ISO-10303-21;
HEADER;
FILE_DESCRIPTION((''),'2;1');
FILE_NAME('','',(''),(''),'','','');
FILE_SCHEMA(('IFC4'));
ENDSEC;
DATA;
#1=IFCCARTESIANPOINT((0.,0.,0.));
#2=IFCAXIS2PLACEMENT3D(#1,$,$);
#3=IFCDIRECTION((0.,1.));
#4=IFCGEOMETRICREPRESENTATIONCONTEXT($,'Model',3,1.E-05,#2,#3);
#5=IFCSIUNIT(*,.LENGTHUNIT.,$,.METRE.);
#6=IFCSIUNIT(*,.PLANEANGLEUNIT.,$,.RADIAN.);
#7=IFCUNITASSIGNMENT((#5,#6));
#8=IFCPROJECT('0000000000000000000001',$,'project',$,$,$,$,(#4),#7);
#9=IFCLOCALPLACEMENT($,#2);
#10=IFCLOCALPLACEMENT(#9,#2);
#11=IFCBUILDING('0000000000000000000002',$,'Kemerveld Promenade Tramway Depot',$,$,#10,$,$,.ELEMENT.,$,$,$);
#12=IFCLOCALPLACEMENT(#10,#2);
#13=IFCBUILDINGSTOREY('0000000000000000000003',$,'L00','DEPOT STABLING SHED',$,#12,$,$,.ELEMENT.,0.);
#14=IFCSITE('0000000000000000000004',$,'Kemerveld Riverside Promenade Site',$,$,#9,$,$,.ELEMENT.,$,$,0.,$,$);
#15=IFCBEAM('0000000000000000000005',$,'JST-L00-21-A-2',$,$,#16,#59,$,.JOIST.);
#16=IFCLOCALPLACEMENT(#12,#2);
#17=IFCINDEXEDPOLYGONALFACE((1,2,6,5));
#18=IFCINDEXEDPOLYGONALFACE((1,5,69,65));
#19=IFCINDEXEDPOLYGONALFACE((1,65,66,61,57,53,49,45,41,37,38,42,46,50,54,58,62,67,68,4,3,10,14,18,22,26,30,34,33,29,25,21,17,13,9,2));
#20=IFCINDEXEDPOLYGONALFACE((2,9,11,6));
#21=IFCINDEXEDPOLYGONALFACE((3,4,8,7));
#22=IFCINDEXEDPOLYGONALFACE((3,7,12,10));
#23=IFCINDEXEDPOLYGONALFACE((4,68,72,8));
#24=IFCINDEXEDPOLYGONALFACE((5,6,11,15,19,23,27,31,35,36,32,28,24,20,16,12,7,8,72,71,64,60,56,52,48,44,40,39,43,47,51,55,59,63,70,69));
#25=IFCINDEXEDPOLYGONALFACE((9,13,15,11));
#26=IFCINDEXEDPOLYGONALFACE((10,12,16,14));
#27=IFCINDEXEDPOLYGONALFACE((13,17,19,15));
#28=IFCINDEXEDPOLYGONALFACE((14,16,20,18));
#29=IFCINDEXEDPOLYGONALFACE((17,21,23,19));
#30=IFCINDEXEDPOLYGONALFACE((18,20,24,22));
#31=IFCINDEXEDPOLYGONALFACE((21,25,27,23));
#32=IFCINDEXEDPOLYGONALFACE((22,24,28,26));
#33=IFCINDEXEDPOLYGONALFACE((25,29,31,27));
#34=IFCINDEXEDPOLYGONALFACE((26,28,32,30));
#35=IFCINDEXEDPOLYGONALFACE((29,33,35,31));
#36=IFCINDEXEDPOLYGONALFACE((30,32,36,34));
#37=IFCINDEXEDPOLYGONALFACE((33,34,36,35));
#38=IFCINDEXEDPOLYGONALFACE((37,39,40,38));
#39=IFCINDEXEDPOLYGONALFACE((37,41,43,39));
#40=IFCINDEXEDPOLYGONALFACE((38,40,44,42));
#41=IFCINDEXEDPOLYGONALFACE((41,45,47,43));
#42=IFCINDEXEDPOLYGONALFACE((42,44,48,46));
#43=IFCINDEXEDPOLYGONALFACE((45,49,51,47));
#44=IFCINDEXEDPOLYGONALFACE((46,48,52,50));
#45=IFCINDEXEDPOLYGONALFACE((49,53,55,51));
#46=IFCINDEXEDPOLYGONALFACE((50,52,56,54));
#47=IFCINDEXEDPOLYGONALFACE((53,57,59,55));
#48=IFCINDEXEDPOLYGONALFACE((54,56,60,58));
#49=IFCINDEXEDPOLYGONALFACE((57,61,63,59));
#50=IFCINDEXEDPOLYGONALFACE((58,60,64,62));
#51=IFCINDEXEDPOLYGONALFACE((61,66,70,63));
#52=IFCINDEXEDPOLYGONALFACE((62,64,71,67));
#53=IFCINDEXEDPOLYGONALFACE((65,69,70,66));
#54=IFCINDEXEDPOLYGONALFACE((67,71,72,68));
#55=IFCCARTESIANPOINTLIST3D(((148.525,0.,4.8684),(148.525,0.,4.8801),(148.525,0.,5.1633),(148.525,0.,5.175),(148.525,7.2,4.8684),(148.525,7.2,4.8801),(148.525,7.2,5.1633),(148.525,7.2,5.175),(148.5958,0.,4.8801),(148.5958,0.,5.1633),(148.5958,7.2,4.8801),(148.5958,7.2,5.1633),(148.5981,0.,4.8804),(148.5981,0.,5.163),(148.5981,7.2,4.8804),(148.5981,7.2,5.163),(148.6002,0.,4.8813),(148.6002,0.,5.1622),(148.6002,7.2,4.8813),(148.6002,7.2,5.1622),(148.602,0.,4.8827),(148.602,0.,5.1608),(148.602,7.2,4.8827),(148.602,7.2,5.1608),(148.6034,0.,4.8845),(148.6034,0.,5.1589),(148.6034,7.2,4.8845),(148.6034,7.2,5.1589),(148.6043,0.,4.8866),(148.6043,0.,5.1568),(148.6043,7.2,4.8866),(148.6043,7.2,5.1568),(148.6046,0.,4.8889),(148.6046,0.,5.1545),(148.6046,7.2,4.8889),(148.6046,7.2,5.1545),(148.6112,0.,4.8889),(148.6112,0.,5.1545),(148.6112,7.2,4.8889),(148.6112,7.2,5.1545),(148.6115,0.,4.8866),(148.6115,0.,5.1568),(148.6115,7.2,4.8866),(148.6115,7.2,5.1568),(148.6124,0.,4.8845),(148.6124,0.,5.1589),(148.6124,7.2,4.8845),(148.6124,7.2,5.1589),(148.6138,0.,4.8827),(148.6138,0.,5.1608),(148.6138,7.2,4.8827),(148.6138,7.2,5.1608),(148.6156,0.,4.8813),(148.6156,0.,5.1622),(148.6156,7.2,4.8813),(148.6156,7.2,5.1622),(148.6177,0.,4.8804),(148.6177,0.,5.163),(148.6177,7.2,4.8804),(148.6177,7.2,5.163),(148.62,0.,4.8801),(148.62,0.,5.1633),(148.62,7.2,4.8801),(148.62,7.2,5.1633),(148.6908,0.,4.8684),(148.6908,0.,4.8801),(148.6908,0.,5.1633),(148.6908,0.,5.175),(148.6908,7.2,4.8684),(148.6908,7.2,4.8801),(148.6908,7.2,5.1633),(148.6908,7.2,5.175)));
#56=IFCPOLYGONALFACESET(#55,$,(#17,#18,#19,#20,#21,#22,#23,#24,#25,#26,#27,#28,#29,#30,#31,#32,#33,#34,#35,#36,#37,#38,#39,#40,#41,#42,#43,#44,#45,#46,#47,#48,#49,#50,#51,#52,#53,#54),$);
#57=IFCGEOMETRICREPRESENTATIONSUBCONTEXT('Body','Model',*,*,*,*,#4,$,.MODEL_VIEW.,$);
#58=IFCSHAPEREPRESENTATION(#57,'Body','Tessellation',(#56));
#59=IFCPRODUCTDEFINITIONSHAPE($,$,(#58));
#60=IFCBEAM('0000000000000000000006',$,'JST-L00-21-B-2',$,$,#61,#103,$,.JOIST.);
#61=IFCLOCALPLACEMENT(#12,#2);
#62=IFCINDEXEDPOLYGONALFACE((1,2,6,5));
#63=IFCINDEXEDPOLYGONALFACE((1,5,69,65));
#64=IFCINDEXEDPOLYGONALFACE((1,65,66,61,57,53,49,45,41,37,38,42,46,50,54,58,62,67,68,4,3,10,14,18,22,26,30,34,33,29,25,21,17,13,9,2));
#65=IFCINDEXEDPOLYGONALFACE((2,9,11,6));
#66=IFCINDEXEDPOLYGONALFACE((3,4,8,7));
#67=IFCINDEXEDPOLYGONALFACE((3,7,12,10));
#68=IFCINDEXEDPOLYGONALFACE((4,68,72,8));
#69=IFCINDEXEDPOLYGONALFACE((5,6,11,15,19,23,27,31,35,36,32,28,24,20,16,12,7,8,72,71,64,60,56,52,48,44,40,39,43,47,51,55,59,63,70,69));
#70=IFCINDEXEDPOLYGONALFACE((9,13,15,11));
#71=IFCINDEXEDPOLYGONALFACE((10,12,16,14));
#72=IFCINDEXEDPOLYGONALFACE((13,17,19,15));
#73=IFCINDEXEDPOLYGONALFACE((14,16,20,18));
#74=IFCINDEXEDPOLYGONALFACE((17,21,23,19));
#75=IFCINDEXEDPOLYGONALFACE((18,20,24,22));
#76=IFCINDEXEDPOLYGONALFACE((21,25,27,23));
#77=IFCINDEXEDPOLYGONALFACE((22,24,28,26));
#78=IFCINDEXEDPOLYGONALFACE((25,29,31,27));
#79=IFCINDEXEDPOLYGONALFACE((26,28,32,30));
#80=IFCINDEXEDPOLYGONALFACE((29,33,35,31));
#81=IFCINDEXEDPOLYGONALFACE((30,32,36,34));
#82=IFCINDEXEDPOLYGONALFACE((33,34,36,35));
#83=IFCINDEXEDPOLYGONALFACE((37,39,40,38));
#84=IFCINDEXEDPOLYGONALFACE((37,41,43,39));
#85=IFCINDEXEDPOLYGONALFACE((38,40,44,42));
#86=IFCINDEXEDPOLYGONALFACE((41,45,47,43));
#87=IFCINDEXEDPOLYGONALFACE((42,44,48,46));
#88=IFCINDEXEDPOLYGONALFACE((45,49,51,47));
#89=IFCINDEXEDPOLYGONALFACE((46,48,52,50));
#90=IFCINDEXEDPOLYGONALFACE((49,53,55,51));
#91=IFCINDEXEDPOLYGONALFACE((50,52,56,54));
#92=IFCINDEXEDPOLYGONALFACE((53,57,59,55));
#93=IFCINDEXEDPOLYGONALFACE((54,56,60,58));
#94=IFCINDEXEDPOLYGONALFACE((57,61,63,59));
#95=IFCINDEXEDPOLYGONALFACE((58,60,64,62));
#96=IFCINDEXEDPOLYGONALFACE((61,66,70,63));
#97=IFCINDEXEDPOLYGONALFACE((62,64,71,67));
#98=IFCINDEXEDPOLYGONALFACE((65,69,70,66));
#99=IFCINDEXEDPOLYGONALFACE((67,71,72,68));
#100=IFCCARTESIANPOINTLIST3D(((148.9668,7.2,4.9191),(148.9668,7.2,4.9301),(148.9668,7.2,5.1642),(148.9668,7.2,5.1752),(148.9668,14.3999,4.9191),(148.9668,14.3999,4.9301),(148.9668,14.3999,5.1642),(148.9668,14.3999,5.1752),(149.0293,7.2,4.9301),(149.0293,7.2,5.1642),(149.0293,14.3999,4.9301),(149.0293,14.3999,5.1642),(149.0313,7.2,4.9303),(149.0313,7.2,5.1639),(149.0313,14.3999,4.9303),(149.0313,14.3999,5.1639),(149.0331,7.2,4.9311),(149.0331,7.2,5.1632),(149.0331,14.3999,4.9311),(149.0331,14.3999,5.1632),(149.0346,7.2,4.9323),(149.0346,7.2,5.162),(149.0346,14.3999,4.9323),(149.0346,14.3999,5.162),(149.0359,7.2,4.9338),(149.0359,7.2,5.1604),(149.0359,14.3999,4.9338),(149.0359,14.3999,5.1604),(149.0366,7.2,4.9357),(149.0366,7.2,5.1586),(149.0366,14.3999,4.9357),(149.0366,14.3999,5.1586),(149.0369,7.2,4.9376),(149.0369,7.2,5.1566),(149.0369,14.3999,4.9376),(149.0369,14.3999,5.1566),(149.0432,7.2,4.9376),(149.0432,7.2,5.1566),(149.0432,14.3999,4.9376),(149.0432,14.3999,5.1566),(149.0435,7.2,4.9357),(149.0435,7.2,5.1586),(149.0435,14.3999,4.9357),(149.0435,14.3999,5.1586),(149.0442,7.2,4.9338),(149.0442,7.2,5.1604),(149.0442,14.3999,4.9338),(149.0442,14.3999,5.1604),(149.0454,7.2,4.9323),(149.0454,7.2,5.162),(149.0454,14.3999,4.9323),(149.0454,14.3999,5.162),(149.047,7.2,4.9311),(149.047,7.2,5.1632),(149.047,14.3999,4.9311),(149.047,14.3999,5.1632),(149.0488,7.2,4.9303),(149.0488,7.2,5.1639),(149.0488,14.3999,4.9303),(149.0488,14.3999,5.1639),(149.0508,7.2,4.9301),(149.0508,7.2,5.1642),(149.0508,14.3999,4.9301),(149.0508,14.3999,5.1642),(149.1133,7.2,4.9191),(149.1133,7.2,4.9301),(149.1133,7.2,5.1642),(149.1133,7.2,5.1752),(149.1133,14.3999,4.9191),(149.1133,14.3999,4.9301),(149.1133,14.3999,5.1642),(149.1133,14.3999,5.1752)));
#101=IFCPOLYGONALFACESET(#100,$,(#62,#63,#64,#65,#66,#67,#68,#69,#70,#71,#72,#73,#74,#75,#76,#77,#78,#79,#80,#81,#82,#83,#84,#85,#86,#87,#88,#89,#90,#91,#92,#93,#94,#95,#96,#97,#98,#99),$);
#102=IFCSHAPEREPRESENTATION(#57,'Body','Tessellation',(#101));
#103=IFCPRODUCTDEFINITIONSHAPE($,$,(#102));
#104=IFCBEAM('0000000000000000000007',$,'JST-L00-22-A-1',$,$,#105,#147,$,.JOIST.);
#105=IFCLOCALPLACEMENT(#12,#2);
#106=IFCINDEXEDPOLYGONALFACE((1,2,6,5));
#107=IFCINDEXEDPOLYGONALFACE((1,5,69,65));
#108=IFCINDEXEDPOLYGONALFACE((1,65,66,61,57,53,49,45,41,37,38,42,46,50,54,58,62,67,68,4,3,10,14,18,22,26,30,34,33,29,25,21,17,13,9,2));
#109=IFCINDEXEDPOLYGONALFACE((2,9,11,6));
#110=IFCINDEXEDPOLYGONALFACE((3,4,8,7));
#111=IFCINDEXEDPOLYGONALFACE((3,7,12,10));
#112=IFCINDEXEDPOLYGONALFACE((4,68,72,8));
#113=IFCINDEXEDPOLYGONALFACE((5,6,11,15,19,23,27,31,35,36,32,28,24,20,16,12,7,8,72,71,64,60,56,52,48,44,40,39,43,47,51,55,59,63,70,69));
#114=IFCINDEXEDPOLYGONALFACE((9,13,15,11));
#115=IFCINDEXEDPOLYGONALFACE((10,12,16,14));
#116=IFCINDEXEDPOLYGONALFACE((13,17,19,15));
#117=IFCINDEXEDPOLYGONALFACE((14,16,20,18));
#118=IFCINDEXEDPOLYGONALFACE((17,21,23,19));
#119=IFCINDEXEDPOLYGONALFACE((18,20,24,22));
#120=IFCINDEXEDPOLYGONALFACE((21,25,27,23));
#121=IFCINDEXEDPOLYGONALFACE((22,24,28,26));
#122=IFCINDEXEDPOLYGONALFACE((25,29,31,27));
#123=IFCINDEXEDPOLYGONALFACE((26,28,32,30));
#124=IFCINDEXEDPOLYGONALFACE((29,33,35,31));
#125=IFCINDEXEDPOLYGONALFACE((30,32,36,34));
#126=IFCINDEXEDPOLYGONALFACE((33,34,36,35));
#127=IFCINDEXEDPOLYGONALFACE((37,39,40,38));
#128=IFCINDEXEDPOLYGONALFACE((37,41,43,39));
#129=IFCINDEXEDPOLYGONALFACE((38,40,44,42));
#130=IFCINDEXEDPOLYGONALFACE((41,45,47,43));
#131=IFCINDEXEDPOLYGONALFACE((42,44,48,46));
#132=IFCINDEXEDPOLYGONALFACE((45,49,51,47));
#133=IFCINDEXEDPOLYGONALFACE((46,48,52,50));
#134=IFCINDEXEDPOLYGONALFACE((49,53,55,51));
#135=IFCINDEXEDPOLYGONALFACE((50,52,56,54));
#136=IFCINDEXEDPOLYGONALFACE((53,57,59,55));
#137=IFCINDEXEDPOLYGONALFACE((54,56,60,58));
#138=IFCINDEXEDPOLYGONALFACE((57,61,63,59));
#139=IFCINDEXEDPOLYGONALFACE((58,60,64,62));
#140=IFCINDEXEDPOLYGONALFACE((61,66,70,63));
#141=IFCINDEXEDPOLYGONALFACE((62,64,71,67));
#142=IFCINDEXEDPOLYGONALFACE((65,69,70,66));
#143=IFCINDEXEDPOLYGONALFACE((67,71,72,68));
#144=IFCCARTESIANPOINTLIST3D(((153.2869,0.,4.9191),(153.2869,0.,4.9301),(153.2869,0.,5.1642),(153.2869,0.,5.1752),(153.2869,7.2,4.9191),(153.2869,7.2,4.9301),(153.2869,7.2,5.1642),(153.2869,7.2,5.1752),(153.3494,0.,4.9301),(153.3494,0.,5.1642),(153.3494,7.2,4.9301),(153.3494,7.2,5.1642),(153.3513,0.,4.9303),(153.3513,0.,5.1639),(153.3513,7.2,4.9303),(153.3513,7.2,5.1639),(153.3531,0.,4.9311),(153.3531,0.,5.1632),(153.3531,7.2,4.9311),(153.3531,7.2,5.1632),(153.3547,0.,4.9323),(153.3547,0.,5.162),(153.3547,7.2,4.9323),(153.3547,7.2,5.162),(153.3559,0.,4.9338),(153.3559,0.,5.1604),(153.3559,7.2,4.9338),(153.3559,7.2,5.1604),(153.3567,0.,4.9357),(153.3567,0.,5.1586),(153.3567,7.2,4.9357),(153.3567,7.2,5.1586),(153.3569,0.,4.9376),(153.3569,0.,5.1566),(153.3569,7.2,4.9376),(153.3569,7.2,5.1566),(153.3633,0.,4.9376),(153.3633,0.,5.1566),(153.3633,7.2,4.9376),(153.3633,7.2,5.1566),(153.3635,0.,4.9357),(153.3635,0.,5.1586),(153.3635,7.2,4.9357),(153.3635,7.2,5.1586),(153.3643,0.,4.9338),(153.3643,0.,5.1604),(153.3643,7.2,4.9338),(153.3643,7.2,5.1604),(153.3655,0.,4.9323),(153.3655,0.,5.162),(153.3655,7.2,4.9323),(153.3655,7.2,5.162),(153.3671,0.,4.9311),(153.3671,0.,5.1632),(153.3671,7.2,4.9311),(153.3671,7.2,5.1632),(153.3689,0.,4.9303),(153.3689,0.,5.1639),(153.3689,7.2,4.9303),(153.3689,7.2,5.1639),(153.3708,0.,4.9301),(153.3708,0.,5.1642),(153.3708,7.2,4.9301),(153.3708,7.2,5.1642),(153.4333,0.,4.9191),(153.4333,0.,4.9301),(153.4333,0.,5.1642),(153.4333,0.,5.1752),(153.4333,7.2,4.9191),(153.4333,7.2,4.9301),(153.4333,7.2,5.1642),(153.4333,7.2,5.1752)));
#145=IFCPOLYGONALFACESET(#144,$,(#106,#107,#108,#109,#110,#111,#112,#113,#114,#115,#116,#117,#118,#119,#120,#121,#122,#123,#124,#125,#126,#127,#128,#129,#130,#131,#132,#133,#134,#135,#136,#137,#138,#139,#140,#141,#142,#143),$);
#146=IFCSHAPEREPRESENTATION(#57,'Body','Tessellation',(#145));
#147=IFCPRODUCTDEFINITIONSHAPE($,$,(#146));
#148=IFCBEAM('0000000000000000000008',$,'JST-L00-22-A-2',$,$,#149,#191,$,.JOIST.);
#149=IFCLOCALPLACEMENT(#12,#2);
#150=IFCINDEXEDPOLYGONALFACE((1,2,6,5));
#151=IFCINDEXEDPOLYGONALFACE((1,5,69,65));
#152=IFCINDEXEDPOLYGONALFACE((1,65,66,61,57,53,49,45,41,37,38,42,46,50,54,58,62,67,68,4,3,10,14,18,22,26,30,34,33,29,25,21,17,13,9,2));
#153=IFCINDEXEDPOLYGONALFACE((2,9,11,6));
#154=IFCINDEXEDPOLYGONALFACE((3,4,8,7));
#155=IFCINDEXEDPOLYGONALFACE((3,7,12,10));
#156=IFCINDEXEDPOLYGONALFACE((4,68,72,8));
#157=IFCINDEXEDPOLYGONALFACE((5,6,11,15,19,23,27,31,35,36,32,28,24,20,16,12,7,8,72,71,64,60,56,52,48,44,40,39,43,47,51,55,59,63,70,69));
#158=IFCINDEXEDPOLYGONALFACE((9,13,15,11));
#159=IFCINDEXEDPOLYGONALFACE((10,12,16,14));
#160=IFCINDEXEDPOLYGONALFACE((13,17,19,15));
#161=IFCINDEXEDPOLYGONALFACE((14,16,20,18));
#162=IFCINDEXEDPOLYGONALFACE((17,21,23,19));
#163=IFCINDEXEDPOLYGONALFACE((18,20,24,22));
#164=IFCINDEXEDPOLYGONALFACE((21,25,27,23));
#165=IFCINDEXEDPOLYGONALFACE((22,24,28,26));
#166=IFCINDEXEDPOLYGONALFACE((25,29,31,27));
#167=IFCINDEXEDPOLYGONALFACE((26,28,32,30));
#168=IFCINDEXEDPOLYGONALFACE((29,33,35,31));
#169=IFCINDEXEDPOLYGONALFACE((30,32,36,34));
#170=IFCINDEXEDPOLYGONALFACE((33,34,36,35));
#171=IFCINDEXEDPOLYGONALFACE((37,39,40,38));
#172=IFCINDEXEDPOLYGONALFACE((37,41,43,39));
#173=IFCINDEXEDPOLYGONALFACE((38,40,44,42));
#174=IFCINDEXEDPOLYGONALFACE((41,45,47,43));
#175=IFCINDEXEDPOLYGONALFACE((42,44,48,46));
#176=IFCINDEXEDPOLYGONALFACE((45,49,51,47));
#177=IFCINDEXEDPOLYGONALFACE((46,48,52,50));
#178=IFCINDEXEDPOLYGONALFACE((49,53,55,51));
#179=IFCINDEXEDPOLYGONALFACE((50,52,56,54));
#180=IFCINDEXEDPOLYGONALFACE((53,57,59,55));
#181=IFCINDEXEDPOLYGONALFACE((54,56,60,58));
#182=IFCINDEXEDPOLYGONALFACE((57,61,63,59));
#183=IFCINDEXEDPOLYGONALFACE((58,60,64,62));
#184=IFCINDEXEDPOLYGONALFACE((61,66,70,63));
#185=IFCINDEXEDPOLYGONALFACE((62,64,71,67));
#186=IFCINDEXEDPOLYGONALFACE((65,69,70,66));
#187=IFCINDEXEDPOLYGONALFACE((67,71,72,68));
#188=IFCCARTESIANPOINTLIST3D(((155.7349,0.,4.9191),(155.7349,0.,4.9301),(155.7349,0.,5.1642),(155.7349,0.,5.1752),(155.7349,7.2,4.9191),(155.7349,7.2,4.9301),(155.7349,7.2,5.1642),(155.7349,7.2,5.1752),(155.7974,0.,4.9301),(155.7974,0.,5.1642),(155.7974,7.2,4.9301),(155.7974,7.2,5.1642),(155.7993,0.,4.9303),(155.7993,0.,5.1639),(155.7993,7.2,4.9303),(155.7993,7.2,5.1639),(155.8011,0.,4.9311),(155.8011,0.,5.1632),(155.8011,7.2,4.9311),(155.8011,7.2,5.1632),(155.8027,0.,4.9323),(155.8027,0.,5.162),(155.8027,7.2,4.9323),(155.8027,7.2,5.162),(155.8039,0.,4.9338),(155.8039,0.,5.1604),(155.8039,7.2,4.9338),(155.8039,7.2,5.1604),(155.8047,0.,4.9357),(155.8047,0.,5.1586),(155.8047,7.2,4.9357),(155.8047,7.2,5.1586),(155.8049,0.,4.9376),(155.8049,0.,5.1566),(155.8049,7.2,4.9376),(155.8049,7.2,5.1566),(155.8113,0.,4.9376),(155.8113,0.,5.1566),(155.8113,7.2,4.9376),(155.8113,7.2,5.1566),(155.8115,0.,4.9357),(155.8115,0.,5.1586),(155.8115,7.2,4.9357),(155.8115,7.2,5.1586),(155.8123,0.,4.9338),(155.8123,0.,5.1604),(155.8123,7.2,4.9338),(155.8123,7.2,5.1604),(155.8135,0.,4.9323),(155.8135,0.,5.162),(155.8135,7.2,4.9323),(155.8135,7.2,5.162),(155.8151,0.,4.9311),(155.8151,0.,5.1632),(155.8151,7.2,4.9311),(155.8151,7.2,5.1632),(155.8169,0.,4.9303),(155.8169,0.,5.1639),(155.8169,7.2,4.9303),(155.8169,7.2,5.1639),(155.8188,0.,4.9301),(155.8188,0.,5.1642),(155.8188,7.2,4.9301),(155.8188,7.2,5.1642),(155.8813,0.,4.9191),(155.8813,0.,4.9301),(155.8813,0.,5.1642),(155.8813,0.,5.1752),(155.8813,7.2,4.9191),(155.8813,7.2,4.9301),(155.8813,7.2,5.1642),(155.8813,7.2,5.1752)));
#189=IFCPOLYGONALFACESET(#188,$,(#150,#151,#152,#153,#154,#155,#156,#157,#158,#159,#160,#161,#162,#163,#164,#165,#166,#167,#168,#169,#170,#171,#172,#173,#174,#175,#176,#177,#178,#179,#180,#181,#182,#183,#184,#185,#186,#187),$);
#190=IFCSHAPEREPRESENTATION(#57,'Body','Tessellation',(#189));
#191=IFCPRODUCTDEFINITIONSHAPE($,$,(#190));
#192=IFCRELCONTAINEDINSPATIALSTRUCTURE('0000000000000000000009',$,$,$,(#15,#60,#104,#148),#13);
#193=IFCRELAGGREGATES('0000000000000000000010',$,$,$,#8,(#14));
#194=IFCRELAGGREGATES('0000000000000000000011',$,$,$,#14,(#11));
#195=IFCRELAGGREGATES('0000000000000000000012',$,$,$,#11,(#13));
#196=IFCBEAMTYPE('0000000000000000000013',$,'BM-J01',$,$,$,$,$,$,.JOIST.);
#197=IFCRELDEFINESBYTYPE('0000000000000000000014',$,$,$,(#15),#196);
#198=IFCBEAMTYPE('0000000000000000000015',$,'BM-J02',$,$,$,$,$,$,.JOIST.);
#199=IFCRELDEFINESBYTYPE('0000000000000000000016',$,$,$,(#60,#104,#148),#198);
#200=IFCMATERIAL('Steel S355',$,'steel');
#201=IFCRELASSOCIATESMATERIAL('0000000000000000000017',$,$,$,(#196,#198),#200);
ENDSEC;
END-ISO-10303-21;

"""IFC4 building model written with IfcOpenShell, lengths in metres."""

from ifc_helpers import new_model, si_unit, direction, frame, origin, origin_2d, place, context, subcontext, project, spatial, i_section, extrude, material, material_profile, profile_set, type_object, element, save


model = new_model("IFC4")

# Units and contexts
model_context = context("Model", 3, precision=1e-05, world=origin(), true_north=direction((0.0, 1.0)))
body_context = subcontext(model_context, "Body", "Model", "MODEL_VIEW")
ifc_project = project(units=[si_unit("LENGTHUNIT", "METRE"), si_unit("PLANEANGLEUNIT", "RADIAN")], contexts=[model_context])

# Site, building, storey
site_placement = place(None, origin())
site = spatial("IfcSite", under=ifc_project, at=site_placement, Name="Kemerveld Riverside Promenade Site", CompositionType="ELEMENT", RefElevation=0.0)
building_placement = place(site_placement, origin())
building = spatial("IfcBuilding", under=site, at=building_placement, Name="Kemerveld Promenade Tramway Depot", CompositionType="ELEMENT")
storey_placement = place(building_placement, origin())
storey = spatial("IfcBuildingStorey", under=building, at=storey_placement, Name="L00", Description="DEPOT STABLING SHED", CompositionType="ELEMENT", Elevation=0.0)

# Shared definitions
ifc_material_1 = material(Name="Steel S355", Category="steel")

# Beams
ifc_material_profile_1 = material_profile(ifc_material_1, i_section(OverallWidth=0.1658, OverallDepth=0.3066, WebThickness=0.0066, FlangeThickness=0.0117, FilletRadius=0.0088, at=origin_2d()), Name="305x165x46 UB")
ifc_profile_set_1 = profile_set([ifc_material_profile_1], Name="Steel S355")
beam_type_1 = type_object("IfcBeamType", Name="BM-J01", PredefinedType="JOIST", material=ifc_profile_set_1)
beam_1_placement = place(storey_placement, frame((148.6079, 0.0, 5.0217), z_axis=(0.0, 1.0, 0.0), x_axis=(-1.0, 0.0, 0.0)))
element("IfcBeam", 1, at=beam_1_placement, inside=storey, type_object=beam_type_1, Name="JST-L00-21-A-2", PredefinedType="JOIST", context=body_context, shape_type="SweptSolid", body=[
    extrude(i_section(OverallWidth=0.1658, OverallDepth=0.3066, WebThickness=0.0066, FlangeThickness=0.0117, FilletRadius=0.0088, at=origin_2d()), origin(), (0.0, 0.0, 1.0), 7.2),
])
ifc_material_profile_2 = material_profile(ifc_material_1, i_section(OverallWidth=0.1465, OverallDepth=0.2561, WebThickness=0.0063, FlangeThickness=0.011, FilletRadius=0.0076, at=origin_2d()), Name="254x146x37 UB")
ifc_profile_set_2 = profile_set([ifc_material_profile_2], Name="Steel S355")
beam_type_2 = type_object("IfcBeamType", Name="BM-J02", PredefinedType="JOIST", material=ifc_profile_set_2)
for number, where, z_axis, x_axis, name in (
    (2, (149.04, 7.2, 5.0471), (0.0, 1.0, 0.0), (-1.0, 0.0, 0.0), "JST-L00-21-B-2"),
    (3, (153.3601, 0.0, 5.0471), (0.0, 1.0, 0.0), (-1.0, 0.0, 0.0), "JST-L00-22-A-1"),
    (4, (155.8081, 0.0, 5.0471), (0.0, 1.0, 0.0), (-1.0, 0.0, 0.0), "JST-L00-22-A-2"),
):
    element("IfcBeam", number, at=place(storey_placement, frame(where, z_axis=z_axis, x_axis=x_axis)), inside=storey, type_object=beam_type_2, Name=name, PredefinedType="JOIST", context=body_context, shape_type="SweptSolid", body=[
        extrude(i_section(OverallWidth=0.1465, OverallDepth=0.2561, WebThickness=0.0063, FlangeThickness=0.011, FilletRadius=0.0076, at=origin_2d()), origin(), (0.0, 0.0, 1.0), 7.2),
    ])

save(model, "model.ifc")
